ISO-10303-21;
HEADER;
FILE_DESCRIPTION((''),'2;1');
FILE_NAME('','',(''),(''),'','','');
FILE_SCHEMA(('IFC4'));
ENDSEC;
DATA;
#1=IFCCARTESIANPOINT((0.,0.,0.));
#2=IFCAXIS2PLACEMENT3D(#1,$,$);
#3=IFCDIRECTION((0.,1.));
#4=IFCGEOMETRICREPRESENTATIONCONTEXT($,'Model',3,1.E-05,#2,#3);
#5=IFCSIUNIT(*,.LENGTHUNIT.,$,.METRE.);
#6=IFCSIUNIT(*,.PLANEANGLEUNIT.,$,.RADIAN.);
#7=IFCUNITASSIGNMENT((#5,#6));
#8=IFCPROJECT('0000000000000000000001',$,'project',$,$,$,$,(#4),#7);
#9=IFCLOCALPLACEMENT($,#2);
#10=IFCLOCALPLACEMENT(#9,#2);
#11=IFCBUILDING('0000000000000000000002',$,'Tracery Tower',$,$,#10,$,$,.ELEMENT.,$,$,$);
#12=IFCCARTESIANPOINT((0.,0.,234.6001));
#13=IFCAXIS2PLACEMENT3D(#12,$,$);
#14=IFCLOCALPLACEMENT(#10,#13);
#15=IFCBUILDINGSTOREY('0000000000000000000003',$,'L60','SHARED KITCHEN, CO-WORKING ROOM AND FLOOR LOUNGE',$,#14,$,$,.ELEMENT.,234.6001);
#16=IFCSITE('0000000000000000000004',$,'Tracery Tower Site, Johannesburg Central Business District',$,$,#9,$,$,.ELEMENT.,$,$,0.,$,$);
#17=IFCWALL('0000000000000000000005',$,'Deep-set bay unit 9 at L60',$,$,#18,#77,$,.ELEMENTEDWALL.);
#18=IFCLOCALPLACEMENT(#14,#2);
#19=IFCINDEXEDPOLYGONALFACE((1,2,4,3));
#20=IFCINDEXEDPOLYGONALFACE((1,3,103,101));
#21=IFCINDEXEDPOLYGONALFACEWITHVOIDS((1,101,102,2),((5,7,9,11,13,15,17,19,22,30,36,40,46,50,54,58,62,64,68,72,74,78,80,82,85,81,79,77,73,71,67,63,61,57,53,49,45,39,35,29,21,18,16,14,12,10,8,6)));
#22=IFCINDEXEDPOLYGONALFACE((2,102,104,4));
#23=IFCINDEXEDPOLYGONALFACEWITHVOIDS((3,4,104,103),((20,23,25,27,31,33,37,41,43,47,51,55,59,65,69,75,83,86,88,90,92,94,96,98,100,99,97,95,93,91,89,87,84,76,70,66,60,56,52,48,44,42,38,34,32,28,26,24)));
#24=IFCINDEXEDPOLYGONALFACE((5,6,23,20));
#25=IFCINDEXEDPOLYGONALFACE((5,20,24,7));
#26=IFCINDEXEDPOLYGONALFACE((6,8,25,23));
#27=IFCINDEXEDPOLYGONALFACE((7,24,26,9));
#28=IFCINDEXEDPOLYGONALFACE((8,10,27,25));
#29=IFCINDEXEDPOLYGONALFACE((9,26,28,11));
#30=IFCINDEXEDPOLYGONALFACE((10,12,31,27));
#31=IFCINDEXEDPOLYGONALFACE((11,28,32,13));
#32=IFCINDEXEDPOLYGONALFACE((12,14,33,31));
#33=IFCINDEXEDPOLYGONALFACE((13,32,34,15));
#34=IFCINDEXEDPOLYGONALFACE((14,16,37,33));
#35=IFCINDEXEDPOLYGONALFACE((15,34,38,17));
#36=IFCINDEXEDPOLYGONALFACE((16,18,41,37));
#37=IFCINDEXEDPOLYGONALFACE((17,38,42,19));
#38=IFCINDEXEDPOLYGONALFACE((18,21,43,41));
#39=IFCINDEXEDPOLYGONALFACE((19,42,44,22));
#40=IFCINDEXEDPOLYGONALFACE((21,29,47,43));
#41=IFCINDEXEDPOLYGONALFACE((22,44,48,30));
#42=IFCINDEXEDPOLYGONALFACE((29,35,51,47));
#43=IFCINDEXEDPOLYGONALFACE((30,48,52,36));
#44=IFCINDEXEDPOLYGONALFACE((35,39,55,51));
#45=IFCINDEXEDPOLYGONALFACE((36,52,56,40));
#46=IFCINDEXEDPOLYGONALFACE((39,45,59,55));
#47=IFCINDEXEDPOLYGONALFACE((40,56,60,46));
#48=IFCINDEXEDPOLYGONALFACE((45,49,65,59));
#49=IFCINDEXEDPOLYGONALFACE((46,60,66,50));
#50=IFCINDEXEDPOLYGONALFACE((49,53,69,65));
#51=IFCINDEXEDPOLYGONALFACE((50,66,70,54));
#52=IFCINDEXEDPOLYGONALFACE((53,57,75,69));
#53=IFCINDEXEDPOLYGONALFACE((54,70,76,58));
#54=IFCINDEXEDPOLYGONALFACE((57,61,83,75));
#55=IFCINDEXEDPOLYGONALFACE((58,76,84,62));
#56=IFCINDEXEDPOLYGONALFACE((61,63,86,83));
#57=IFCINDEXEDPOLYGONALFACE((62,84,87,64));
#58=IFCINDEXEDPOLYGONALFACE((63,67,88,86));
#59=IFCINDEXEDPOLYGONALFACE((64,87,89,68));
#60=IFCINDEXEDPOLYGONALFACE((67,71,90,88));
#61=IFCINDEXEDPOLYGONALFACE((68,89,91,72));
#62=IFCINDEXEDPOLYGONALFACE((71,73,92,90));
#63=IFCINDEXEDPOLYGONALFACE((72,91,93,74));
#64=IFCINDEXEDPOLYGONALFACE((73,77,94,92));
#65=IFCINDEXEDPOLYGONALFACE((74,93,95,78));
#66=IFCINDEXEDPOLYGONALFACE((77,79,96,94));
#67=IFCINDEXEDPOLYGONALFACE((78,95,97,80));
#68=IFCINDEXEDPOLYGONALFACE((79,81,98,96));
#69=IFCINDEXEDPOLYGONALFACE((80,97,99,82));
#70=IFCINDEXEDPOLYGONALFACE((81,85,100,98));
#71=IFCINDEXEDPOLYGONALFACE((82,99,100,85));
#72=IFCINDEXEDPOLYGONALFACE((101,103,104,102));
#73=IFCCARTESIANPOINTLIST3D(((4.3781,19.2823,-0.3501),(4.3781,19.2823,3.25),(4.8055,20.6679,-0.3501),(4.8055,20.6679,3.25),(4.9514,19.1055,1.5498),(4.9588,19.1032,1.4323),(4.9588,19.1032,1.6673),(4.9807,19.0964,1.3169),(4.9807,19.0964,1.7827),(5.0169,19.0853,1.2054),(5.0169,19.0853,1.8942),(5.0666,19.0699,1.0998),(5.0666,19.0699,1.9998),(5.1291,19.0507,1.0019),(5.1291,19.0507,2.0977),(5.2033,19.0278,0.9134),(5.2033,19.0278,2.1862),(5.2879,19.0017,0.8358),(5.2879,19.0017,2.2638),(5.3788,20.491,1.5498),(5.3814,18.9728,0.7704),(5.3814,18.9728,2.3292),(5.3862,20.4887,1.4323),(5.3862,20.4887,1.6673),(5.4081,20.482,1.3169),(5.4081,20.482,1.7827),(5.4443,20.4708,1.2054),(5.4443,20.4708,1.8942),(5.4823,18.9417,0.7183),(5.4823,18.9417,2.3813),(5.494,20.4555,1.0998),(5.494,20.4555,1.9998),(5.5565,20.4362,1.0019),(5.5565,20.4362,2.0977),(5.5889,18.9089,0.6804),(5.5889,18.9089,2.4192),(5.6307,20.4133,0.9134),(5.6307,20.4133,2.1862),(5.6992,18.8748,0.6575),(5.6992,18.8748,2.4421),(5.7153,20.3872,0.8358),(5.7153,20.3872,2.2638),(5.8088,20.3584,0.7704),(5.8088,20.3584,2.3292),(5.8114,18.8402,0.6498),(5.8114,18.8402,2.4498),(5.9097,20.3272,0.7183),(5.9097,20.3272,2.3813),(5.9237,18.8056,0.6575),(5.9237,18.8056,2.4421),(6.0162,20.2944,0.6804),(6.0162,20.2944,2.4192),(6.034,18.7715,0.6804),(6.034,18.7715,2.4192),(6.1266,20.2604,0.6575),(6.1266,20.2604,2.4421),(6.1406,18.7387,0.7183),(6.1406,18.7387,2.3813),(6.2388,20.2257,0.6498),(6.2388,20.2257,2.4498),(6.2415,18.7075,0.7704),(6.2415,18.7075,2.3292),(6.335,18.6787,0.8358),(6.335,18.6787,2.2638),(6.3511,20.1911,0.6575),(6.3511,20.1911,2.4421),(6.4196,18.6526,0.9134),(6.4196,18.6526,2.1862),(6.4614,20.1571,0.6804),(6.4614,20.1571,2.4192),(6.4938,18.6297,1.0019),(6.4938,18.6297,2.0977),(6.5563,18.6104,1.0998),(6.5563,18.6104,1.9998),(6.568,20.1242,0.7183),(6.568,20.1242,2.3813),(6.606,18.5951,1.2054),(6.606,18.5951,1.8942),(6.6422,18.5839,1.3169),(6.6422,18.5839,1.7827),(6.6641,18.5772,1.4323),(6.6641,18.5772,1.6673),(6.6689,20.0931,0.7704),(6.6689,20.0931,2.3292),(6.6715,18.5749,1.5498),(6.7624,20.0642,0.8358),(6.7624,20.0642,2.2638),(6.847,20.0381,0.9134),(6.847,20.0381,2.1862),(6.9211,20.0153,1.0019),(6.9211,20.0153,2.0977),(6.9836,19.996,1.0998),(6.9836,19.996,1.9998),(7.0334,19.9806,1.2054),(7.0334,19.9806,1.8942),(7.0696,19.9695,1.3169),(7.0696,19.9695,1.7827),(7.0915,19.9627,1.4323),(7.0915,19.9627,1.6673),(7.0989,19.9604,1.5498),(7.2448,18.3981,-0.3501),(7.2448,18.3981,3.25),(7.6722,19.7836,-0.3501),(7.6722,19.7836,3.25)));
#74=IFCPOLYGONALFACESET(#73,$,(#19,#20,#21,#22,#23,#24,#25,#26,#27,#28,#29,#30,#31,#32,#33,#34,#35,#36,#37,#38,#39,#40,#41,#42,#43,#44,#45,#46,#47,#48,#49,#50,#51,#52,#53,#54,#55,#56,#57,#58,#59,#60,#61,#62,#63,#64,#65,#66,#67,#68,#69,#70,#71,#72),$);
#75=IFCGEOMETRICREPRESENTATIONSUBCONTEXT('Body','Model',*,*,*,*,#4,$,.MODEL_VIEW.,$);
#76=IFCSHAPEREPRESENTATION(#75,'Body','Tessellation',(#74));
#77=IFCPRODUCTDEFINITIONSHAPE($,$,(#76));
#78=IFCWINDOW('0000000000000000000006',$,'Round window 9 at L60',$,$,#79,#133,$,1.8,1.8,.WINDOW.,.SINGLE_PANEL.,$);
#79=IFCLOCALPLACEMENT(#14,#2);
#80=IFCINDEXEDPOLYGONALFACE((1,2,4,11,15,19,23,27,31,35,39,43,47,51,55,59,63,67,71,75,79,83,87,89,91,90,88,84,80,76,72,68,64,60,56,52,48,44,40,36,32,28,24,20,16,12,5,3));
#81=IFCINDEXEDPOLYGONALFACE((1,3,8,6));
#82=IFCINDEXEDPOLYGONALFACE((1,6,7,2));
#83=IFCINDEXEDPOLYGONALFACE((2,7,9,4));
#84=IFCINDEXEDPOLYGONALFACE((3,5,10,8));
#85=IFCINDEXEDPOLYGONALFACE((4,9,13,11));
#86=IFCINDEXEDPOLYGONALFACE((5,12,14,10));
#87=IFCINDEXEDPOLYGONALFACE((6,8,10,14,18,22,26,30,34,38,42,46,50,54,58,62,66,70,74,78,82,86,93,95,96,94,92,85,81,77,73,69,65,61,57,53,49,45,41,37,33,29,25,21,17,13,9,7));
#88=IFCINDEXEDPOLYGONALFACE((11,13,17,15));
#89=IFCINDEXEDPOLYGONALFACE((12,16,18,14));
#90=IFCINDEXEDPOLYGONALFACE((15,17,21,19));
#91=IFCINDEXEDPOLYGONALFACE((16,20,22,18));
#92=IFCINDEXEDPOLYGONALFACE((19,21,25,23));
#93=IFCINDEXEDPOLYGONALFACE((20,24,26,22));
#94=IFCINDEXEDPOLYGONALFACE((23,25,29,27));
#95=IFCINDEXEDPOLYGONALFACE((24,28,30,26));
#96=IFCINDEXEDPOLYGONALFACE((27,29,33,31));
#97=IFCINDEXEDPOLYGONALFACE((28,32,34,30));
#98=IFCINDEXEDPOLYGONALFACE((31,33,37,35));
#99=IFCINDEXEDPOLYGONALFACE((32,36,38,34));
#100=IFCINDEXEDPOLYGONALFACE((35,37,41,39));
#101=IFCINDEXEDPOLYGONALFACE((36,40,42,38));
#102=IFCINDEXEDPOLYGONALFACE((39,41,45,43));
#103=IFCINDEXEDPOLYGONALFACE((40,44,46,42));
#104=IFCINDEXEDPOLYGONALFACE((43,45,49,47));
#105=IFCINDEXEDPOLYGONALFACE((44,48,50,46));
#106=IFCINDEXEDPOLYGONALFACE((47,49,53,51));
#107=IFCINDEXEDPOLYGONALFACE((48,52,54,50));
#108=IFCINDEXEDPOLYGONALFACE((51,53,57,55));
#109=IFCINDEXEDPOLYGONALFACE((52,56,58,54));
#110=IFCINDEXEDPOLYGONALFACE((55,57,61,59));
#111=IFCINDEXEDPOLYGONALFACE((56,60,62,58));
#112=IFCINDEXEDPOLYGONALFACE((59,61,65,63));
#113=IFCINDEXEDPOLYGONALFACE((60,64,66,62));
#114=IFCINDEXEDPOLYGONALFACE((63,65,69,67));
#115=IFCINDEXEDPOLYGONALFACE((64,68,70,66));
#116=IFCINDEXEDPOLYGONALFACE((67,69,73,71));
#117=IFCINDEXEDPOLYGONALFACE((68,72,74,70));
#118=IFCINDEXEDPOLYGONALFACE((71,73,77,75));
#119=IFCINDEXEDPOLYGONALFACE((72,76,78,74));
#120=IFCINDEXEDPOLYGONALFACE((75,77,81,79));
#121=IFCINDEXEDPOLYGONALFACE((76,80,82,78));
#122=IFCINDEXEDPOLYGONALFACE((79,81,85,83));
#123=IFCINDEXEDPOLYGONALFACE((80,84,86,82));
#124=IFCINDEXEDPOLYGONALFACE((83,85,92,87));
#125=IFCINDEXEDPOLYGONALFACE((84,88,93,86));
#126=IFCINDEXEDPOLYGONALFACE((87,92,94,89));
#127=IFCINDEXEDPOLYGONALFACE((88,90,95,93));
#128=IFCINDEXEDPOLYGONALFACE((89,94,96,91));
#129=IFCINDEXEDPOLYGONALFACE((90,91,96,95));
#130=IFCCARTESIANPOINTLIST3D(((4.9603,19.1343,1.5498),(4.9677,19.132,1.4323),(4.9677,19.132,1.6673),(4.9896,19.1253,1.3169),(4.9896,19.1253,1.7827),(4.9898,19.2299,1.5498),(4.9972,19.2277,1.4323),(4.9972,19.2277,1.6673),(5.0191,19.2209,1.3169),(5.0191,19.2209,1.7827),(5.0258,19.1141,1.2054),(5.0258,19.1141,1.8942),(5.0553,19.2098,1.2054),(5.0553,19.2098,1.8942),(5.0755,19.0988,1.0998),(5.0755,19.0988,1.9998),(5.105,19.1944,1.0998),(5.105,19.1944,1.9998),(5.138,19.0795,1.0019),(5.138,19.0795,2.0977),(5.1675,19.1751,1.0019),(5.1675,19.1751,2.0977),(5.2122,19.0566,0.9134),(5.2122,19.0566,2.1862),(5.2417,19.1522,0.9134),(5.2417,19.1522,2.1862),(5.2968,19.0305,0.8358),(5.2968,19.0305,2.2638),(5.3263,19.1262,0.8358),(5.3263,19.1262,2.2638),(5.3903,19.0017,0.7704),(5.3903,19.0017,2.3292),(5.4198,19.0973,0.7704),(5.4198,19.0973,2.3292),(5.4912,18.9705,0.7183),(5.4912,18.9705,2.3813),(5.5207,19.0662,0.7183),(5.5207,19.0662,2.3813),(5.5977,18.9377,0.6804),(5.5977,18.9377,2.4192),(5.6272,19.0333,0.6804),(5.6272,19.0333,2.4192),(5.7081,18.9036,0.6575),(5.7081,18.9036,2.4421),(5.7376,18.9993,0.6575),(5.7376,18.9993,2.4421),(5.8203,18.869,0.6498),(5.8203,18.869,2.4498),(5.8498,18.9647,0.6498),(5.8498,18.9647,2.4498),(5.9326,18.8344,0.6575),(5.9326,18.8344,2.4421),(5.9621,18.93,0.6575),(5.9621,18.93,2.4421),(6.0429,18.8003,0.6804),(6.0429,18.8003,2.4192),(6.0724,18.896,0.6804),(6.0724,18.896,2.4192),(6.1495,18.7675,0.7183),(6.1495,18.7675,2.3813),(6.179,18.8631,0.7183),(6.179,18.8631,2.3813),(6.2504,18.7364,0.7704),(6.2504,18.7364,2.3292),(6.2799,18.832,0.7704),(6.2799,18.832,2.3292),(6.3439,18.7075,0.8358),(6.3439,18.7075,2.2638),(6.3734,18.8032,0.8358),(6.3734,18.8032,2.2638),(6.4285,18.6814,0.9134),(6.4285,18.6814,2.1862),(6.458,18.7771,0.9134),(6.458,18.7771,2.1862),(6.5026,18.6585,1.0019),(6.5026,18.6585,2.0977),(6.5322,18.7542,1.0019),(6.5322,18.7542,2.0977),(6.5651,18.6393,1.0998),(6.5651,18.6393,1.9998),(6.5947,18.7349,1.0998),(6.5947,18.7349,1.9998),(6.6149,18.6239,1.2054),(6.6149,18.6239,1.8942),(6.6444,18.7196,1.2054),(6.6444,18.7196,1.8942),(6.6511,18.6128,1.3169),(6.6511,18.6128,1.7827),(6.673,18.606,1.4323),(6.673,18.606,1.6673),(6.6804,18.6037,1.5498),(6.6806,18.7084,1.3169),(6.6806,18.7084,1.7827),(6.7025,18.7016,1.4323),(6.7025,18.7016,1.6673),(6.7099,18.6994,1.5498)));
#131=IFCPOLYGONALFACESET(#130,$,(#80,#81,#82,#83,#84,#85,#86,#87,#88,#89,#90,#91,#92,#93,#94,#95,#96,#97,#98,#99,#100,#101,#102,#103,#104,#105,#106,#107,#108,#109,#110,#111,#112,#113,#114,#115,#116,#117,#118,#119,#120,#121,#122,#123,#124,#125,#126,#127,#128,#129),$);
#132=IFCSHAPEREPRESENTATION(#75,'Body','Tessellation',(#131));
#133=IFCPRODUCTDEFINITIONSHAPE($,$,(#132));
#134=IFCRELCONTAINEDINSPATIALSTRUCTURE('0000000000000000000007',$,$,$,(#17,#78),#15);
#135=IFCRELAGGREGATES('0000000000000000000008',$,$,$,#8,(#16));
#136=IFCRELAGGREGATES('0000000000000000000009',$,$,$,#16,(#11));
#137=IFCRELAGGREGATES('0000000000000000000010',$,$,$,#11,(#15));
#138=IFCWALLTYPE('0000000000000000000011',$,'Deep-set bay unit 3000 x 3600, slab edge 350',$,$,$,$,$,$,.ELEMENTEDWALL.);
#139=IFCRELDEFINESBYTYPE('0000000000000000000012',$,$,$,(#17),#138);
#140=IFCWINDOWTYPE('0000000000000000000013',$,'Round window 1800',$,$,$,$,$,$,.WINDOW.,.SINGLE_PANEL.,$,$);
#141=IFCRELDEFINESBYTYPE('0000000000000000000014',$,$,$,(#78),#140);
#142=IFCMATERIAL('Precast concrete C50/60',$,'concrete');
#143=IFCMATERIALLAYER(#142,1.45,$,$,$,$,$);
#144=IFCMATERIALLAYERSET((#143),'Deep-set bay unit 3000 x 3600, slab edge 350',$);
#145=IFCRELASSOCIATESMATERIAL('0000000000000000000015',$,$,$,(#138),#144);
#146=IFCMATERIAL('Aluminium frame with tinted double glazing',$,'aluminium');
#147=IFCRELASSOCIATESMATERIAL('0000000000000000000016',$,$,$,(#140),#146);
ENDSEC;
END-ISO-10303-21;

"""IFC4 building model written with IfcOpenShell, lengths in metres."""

from ifc_helpers import new_model, si_unit, direction, frame, frame_2d, origin, origin_2d, place, context, subcontext, project, spatial, rectangle, circle, extrude, material, layer, layer_set, type_object, element, fill, save


model = new_model("IFC4")

# Units and contexts
model_context = context("Model", 3, precision=1e-05, world=origin(), true_north=direction((0.0, 1.0)))
body_context = subcontext(model_context, "Body", "Model", "MODEL_VIEW")
ifc_project = project(units=[si_unit("LENGTHUNIT", "METRE"), si_unit("PLANEANGLEUNIT", "RADIAN")], contexts=[model_context])

# Site, building, storey
site_placement = place(None, origin())
site = spatial("IfcSite", under=ifc_project, at=site_placement, Name="Tracery Tower Site, Johannesburg Central Business District", CompositionType="ELEMENT", RefElevation=0.0)
building_placement = place(site_placement, origin())
building = spatial("IfcBuilding", under=site, at=building_placement, Name="Tracery Tower", CompositionType="ELEMENT")
storey_placement = place(building_placement, frame((0.0, 0.0, 234.6001)))
storey = spatial("IfcBuildingStorey", under=building, at=storey_placement, Name="L60", Description="SHARED KITCHEN, CO-WORKING ROOM AND FLOOR LOUNGE", CompositionType="ELEMENT", Elevation=234.6001)

# Wall, opening, window
ifc_material_1 = material(Name="Precast concrete C50/60", Category="concrete")
ifc_layer_1 = layer(ifc_material_1, 1.45)
ifc_layer_set_1 = layer_set([ifc_layer_1], Name="Deep-set bay unit 3000 x 3600, slab edge 350")
wall_type_1 = type_object("IfcWallType", Name="Deep-set bay unit 3000 x 3600, slab edge 350", PredefinedType="ELEMENTEDWALL", material=ifc_layer_set_1)
wall_1_placement = place(storey_placement, frame((7.4585, 19.0908, -0.3501), z_axis=(0.0, 0.0, 1.0), x_axis=(-0.955571, 0.294761, 0.0)))
wall_1 = element("IfcWall", 1, at=wall_1_placement, inside=storey, type_object=wall_type_1, Name="Deep-set bay unit 9 at L60", PredefinedType="ELEMENTEDWALL", context=body_context, shape_type="SweptSolid", body=[
    extrude(rectangle(XDim=3.0, YDim=1.45, at=frame_2d((1.5, 0.0))), origin(), (0.0, 0.0, 1.0), 3.6001),
])
opening_1_placement = place(wall_1_placement, frame((1.5, 0.0, 1.8999)))
opening_1 = element("IfcOpeningElement", 2, at=opening_1_placement, cuts=wall_1, PredefinedType="OPENING", context=body_context, shape_type="SweptSolid", body=[
    extrude(circle(Radius=0.9, at=origin_2d()), frame((0.0, 0.7349, 0.0), z_axis=(0.0, -1.0, 0.0), x_axis=(1.0, 0.0, 0.0)), (0.0, 0.0, 1.0), 1.47),
])
ifc_material_2 = material(Name="Aluminium frame with tinted double glazing", Category="aluminium")
window_type = type_object("IfcWindowType", Name="Round window 1800", PartitioningType="SINGLE_PANEL", PredefinedType="WINDOW", material=ifc_material_2)
window_1_placement = place(opening_1_placement, origin())
window_1 = element("IfcWindow", 3, at=window_1_placement, inside=storey, type_object=window_type, Name="Round window 9 at L60", OverallHeight=1.8, OverallWidth=1.8, PartitioningType="SINGLE_PANEL", PredefinedType="WINDOW", context=body_context, shape_type="SweptSolid", body=[
    extrude(circle(Radius=0.9, at=origin_2d()), frame((0.0, 0.6948, 0.0), z_axis=(0.0, -1.0, 0.0), x_axis=(1.0, 0.0, 0.0)), (0.0, 0.0, 1.0), 0.1001),
])
fill(opening_1, window_1)

save(model, "model.ifc")
